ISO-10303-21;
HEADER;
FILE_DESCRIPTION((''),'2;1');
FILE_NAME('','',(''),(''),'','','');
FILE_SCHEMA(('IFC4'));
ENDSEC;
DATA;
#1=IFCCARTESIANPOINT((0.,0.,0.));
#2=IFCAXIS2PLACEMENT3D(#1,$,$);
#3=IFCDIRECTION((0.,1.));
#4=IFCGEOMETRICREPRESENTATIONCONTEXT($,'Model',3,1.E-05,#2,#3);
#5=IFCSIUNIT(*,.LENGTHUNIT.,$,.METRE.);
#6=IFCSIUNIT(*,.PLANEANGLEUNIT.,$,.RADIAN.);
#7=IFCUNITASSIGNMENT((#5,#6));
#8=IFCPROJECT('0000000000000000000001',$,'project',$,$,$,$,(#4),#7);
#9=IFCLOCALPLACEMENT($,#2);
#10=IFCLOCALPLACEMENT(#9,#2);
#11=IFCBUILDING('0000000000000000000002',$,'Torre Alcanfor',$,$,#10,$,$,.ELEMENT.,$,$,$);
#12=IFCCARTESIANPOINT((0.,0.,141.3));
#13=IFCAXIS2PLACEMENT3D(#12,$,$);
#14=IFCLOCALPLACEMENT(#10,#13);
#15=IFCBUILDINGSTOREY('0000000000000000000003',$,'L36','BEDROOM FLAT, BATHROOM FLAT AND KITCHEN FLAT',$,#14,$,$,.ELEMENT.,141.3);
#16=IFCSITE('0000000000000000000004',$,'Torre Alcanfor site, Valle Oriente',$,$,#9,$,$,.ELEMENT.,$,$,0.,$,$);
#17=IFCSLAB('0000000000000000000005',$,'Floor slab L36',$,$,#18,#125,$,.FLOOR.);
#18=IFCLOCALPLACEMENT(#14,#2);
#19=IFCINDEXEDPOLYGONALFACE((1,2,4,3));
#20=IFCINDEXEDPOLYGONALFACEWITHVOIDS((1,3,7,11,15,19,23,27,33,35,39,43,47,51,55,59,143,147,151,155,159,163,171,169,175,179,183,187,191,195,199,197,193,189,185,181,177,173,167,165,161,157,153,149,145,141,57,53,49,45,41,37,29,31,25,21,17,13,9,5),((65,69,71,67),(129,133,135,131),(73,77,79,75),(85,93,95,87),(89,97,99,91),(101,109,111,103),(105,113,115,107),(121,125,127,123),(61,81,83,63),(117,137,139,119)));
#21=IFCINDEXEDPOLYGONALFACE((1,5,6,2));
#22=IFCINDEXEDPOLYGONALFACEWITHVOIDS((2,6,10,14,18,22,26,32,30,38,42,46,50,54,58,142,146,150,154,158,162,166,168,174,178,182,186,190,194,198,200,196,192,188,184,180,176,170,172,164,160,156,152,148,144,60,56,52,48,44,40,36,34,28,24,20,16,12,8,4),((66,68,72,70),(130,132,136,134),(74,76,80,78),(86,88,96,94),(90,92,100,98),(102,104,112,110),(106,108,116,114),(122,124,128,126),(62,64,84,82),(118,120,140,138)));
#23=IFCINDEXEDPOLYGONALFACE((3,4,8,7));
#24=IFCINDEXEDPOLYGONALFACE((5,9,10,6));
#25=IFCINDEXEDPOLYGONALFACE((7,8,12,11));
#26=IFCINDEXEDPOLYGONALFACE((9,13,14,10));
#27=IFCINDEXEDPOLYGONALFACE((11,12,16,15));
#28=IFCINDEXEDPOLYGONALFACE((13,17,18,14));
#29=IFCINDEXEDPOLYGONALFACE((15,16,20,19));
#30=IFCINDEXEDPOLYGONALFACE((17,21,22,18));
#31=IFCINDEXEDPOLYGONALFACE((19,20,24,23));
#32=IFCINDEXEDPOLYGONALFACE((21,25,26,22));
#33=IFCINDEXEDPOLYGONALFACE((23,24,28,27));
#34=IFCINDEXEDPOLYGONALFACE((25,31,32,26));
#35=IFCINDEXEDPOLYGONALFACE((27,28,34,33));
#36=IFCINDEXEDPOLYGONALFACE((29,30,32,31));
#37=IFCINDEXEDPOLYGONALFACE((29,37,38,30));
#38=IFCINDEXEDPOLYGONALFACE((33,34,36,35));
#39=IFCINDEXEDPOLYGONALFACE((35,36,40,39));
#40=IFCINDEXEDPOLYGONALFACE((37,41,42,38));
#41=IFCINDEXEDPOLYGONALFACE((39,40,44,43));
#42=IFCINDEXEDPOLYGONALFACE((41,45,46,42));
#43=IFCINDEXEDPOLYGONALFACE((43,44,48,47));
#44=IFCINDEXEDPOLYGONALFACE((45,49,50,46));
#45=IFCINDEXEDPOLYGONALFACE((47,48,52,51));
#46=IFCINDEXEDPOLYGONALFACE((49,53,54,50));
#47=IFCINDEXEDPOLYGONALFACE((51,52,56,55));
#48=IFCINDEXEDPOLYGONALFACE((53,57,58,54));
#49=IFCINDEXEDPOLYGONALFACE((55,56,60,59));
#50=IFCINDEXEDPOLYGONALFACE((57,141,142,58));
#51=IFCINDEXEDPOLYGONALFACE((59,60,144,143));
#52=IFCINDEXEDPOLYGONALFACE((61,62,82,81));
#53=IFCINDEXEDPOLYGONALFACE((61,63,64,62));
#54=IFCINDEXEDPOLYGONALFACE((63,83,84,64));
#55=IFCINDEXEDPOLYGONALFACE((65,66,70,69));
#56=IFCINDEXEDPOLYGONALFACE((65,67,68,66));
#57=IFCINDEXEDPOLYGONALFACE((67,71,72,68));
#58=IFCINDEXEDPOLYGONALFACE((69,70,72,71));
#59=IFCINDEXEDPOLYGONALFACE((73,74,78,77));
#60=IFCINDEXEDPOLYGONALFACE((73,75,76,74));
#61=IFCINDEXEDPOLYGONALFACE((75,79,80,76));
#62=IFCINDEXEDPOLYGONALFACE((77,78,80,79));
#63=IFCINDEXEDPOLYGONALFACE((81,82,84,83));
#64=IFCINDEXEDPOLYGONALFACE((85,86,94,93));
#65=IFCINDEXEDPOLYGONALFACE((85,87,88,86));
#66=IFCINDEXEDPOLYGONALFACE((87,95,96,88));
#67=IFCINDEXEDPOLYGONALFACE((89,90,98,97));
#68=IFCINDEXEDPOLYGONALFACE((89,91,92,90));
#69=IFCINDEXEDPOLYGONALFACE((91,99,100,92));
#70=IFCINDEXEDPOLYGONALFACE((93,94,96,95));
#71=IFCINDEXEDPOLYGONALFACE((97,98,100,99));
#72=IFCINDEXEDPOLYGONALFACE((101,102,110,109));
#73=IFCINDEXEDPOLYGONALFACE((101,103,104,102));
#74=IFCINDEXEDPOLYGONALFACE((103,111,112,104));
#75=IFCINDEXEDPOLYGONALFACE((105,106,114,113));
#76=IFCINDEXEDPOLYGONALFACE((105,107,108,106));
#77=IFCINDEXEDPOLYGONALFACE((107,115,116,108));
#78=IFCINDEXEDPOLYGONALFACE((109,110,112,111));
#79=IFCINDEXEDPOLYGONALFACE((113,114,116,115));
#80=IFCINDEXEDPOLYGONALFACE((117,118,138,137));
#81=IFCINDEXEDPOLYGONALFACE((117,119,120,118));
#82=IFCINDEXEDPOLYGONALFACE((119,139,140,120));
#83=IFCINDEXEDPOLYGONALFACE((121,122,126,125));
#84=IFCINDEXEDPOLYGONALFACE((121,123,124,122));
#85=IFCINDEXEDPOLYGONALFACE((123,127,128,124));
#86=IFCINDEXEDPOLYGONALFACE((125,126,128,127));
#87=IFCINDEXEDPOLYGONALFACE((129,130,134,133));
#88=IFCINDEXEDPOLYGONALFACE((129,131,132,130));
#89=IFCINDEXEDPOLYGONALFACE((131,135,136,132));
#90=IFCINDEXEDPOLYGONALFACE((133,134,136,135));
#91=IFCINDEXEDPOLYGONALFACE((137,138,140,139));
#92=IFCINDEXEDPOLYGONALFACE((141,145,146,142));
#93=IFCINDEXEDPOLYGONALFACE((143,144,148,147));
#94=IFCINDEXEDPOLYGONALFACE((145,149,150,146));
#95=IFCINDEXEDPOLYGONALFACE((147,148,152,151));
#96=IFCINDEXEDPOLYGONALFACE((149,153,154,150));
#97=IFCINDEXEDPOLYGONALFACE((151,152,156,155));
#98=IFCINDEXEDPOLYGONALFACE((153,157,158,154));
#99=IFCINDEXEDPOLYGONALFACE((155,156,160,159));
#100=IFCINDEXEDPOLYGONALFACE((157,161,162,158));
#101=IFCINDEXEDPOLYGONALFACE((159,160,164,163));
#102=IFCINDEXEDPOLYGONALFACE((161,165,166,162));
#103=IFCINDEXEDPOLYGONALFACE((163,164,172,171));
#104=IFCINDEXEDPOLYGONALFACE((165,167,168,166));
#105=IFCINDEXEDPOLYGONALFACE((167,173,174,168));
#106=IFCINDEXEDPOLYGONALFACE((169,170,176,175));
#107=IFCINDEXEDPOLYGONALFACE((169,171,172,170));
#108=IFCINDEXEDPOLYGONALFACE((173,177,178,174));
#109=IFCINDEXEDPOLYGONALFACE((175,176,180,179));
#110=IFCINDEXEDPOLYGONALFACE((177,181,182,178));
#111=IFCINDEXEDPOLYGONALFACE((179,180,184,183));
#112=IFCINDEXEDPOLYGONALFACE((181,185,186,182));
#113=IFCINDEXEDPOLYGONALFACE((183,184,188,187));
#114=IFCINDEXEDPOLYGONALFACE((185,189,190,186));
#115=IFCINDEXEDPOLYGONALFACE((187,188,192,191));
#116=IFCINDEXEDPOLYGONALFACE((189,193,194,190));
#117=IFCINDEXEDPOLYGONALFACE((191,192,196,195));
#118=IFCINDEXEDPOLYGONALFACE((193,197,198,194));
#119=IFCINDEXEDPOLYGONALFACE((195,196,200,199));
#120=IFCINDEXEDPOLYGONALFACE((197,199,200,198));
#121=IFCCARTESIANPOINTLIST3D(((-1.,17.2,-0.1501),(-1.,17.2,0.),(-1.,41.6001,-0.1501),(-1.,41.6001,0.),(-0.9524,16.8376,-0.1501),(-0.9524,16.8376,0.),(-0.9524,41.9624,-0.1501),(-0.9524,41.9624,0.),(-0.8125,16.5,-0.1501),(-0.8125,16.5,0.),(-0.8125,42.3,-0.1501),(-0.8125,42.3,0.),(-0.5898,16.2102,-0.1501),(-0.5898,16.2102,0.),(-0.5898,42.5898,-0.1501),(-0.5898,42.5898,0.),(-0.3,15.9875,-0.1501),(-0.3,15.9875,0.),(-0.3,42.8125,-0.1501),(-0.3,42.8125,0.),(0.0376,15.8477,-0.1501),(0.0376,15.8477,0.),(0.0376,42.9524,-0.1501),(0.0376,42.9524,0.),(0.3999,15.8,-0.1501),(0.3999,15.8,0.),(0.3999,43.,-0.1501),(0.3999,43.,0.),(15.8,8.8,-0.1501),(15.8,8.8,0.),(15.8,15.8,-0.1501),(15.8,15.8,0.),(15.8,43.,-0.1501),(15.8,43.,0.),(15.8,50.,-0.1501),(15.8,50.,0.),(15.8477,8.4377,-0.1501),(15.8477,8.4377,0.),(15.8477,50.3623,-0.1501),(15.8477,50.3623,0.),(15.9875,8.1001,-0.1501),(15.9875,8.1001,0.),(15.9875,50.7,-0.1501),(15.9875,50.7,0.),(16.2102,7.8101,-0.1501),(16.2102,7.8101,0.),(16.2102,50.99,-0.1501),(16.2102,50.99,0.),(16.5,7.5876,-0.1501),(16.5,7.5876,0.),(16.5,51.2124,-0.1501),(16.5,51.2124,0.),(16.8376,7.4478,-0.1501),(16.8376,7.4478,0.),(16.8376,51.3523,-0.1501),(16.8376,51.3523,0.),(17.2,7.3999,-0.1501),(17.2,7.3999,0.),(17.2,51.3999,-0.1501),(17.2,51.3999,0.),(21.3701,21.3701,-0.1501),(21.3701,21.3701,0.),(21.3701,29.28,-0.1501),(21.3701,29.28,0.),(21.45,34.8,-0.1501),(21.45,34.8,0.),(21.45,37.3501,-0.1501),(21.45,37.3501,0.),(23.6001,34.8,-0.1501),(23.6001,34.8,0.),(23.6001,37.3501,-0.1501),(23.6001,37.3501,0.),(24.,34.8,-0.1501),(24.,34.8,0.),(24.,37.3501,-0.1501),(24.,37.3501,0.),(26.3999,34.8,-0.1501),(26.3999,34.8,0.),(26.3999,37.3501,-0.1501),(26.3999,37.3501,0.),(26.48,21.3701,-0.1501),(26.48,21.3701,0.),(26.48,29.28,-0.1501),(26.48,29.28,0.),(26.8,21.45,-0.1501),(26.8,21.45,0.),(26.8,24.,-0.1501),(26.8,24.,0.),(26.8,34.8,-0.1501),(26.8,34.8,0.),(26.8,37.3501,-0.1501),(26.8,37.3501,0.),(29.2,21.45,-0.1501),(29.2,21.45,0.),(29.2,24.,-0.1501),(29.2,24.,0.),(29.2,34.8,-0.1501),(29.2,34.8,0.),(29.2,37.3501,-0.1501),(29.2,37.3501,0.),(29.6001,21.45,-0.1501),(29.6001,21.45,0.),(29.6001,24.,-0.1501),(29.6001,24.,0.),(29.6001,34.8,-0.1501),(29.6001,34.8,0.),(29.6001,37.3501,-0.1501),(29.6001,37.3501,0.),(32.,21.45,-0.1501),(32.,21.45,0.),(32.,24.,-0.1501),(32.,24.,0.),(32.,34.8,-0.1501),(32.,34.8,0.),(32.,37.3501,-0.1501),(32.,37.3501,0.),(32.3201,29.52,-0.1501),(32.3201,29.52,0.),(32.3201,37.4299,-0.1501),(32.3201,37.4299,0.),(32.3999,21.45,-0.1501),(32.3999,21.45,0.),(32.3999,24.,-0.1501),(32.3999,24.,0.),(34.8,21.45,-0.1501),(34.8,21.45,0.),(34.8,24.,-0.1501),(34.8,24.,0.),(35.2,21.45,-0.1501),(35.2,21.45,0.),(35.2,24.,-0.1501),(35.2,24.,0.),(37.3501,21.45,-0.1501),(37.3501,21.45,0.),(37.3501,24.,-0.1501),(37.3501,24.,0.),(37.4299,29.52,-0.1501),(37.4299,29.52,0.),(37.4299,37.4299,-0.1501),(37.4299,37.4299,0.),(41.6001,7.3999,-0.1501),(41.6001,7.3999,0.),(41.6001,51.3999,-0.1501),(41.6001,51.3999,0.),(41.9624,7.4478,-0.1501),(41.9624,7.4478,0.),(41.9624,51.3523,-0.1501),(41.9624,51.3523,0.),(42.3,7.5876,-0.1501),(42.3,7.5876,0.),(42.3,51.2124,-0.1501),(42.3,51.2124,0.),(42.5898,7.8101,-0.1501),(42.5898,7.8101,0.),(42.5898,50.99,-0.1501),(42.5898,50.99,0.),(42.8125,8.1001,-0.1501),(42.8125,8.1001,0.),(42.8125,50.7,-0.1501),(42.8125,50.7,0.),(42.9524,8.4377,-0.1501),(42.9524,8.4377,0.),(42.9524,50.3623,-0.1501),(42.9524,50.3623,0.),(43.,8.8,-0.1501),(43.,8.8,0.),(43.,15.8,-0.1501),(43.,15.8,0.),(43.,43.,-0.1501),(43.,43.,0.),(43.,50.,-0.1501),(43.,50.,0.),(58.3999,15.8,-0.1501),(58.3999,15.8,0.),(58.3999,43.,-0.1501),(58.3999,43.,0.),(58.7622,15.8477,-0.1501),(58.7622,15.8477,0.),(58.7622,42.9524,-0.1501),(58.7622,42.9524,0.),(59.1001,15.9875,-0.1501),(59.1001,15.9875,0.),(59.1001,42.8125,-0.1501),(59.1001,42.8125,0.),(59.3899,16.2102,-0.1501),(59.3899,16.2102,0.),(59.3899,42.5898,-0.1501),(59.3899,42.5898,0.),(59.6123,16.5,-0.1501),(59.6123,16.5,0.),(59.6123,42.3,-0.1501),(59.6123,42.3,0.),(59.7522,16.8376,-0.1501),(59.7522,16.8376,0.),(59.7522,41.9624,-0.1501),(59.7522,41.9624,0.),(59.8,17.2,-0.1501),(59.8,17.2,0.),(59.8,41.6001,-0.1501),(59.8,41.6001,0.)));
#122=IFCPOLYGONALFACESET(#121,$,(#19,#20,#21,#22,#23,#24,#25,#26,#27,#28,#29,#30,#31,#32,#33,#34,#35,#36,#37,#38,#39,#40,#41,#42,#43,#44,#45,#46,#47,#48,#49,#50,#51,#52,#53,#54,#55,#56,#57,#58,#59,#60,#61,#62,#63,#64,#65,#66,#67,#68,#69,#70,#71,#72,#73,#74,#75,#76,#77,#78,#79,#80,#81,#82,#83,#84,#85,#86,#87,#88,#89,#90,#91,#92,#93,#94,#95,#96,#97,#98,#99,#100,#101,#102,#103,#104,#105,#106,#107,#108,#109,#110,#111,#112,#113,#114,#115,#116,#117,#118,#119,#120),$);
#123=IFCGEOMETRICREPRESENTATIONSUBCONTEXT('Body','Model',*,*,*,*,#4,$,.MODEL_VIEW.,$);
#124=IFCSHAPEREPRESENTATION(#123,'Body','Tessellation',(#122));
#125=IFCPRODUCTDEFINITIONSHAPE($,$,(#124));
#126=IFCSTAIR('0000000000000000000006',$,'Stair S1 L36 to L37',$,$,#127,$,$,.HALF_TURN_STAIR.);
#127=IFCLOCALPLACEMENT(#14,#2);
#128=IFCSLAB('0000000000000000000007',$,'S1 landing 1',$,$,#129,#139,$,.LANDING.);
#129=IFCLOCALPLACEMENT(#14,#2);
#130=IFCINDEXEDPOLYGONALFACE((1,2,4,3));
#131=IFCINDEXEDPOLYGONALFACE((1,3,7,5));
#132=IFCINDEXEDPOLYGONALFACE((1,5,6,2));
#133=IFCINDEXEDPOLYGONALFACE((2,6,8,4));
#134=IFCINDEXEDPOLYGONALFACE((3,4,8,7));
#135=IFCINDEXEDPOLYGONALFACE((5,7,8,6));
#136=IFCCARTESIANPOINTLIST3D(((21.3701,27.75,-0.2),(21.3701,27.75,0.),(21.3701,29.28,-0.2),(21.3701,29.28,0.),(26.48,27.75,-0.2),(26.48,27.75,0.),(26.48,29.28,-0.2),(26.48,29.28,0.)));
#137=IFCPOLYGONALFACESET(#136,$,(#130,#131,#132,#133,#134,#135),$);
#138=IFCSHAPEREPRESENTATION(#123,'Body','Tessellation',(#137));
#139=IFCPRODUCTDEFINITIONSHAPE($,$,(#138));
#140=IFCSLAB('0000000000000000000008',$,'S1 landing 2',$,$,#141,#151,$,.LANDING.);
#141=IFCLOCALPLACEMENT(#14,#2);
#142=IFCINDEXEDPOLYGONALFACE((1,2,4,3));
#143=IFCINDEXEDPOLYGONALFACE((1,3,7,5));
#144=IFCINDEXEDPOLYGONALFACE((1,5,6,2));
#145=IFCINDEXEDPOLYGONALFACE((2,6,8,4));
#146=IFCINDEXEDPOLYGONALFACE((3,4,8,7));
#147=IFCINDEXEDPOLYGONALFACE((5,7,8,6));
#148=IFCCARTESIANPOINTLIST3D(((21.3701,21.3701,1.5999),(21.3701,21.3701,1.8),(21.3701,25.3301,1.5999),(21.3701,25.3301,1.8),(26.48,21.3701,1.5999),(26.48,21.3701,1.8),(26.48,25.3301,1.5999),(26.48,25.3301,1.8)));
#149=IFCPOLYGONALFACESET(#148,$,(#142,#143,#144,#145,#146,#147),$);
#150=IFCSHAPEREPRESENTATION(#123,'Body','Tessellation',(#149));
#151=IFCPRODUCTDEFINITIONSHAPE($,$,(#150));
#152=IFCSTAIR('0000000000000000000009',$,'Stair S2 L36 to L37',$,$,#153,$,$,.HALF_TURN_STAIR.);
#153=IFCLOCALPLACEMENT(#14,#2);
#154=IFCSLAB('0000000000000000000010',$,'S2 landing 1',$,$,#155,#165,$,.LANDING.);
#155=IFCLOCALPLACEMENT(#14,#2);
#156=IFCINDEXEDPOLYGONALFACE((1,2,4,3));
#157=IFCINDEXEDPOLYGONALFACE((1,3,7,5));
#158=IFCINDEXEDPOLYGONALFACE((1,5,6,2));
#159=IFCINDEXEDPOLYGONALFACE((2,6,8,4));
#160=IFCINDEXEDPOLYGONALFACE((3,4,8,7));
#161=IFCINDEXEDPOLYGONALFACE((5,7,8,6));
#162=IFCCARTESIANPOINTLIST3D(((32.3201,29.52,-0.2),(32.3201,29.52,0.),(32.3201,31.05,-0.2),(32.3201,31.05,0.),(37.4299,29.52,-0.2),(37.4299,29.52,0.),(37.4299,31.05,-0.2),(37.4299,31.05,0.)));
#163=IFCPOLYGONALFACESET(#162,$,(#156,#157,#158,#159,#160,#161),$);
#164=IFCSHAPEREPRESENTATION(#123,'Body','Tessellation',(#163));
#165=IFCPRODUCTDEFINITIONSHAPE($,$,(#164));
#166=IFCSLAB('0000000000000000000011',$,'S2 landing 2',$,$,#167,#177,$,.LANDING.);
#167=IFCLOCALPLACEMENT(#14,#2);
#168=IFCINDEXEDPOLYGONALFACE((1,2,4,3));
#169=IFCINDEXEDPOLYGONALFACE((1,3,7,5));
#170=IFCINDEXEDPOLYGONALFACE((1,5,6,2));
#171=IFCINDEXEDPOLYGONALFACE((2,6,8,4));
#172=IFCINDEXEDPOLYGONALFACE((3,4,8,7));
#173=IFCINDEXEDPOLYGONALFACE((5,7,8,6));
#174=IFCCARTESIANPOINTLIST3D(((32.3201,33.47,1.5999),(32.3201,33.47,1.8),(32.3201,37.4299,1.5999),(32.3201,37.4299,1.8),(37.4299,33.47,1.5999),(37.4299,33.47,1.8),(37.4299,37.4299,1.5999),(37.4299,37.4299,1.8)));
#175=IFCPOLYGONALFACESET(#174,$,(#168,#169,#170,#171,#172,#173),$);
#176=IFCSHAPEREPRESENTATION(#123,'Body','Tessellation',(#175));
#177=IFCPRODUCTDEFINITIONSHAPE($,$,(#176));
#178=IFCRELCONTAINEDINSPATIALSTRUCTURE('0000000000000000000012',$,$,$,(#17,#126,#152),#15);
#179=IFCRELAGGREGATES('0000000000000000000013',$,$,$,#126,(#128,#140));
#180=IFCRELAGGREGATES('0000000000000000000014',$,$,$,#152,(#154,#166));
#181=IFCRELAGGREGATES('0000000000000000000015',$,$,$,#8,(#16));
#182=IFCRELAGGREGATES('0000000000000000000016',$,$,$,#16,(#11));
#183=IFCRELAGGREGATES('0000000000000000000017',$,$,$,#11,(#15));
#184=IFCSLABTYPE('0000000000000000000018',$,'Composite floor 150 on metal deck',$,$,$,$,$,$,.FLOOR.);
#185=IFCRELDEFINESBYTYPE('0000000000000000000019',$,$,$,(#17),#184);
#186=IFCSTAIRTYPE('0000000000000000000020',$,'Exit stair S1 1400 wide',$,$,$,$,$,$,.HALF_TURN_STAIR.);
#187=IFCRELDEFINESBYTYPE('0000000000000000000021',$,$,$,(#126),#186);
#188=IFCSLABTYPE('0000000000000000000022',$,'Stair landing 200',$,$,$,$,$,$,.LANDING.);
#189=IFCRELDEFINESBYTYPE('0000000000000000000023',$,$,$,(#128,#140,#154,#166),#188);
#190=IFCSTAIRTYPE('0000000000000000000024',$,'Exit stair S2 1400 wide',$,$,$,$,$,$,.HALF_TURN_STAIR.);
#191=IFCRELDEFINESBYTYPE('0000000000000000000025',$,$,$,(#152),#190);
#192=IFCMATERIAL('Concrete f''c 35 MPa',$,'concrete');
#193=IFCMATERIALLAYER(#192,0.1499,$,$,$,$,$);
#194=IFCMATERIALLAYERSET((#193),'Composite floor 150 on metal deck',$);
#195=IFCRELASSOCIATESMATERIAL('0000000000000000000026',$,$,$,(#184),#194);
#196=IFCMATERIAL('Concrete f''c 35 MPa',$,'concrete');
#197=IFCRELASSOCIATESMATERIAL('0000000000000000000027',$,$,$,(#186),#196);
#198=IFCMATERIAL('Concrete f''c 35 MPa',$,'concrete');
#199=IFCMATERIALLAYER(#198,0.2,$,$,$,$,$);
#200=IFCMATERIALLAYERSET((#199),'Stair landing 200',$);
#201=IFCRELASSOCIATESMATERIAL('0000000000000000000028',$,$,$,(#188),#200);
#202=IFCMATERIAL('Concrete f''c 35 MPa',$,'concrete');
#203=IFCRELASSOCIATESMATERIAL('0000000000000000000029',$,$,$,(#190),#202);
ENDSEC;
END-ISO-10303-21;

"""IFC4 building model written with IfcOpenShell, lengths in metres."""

from ifc_helpers import new_model, si_unit, direction, frame, origin, place, context, subcontext, project, spatial, polyline, outline, extrude, material, layer, layer_set, type_object, element, aggregate, save


model = new_model("IFC4")

# Units and contexts
model_context = context("Model", 3, precision=1e-05, world=origin(), true_north=direction((0.0, 1.0)))
body_context = subcontext(model_context, "Body", "Model", "MODEL_VIEW")
ifc_project = project(units=[si_unit("LENGTHUNIT", "METRE"), si_unit("PLANEANGLEUNIT", "RADIAN")], contexts=[model_context])

# Site, building, storey
site_placement = place(None, origin())
site = spatial("IfcSite", under=ifc_project, at=site_placement, Name="Torre Alcanfor site, Valle Oriente", CompositionType="ELEMENT", RefElevation=0.0)
building_placement = place(site_placement, origin())
building = spatial("IfcBuilding", under=site, at=building_placement, Name="Torre Alcanfor", CompositionType="ELEMENT")
storey_placement = place(building_placement, frame((0.0, 0.0, 141.3)))
storey = spatial("IfcBuildingStorey", under=building, at=storey_placement, Name="L36", Description="BEDROOM FLAT, BATHROOM FLAT AND KITCHEN FLAT", CompositionType="ELEMENT", Elevation=141.3)

# Slab
ifc_material_1 = material(Name="Concrete f'c 35 MPa", Category="concrete")
ifc_layer_1 = layer(ifc_material_1, 0.1499)
ifc_layer_set_1 = layer_set([ifc_layer_1], Name="Composite floor 150 on metal deck")
slab_type_1 = type_object("IfcSlabType", Name="Composite floor 150 on metal deck", PredefinedType="FLOOR", material=ifc_layer_set_1)
slab_1_placement = place(storey_placement, frame((0.0, 0.0, -0.1501)))
element("IfcSlab", 1, at=slab_1_placement, inside=storey, type_object=slab_type_1, Name="Floor slab L36", PredefinedType="FLOOR", context=body_context, shape_type="SweptSolid", body=[
    extrude(outline(polyline([(15.8, 43.0), (0.3999, 43.0), (0.0376, 42.9524), (-0.3, 42.8125), (-0.5898, 42.5898), (-0.8125, 42.3), (-0.9524, 41.9624), (-1.0, 41.6001), (-1.0, 17.2), (-0.9524, 16.8376), (-0.8125, 16.5), (-0.5898, 16.2102), (-0.3, 15.9875), (0.0376, 15.8477), (0.3999, 15.8), (15.8, 15.8), (15.8, 8.8), (15.8477, 8.4377), (15.9875, 8.1001), (16.2102, 7.8101), (16.5, 7.5876), (16.8376, 7.4478), (17.2, 7.3999), (41.6001, 7.3999), (41.9624, 7.4478), (42.3, 7.5876), (42.5898, 7.8101), (42.8125, 8.1001), (42.9524, 8.4377), (43.0, 8.8), (43.0, 15.8), (58.3999, 15.8), (58.7622, 15.8477), (59.1001, 15.9875), (59.3899, 16.2102), (59.6123, 16.5), (59.7522, 16.8376), (59.8, 17.2), (59.8, 41.6001), (59.7522, 41.9624), (59.6123, 42.3), (59.3899, 42.5898), (59.1001, 42.8125), (58.7622, 42.9524), (58.3999, 43.0), (43.0, 43.0), (43.0, 50.0), (42.9524, 50.3623), (42.8125, 50.7), (42.5898, 50.99), (42.3, 51.2124), (41.9624, 51.3523), (41.6001, 51.3999), (17.2, 51.3999), (16.8376, 51.3523), (16.5, 51.2124), (16.2102, 50.99), (15.9875, 50.7), (15.8477, 50.3623), (15.8, 50.0), (15.8, 43.0)]), holes=[polyline([(21.3701, 21.3701), (26.48, 21.3701), (26.48, 29.28), (21.3701, 29.28), (21.3701, 21.3701)]), polyline([(32.3201, 29.52), (37.4299, 29.52), (37.4299, 37.4299), (32.3201, 37.4299), (32.3201, 29.52)]), polyline([(26.8, 21.45), (29.2, 21.45), (29.2, 24.0), (26.8, 24.0), (26.8, 21.45)]), polyline([(29.6001, 21.45), (32.0, 21.45), (32.0, 24.0), (29.6001, 24.0), (29.6001, 21.45)]), polyline([(32.3999, 21.45), (34.8, 21.45), (34.8, 24.0), (32.3999, 24.0), (32.3999, 21.45)]), polyline([(35.2, 21.45), (37.3501, 21.45), (37.3501, 24.0), (35.2, 24.0), (35.2, 21.45)]), polyline([(21.45, 34.8), (23.6001, 34.8), (23.6001, 37.3501), (21.45, 37.3501), (21.45, 34.8)]), polyline([(24.0, 34.8), (26.3999, 34.8), (26.3999, 37.3501), (24.0, 37.3501), (24.0, 34.8)]), polyline([(26.8, 34.8), (29.2, 34.8), (29.2, 37.3501), (26.8, 37.3501), (26.8, 34.8)]), polyline([(29.6001, 34.8), (32.0, 34.8), (32.0, 37.3501), (29.6001, 37.3501), (29.6001, 34.8)])]), origin(), (0.0, 0.0, 1.0), 0.1501),
])

# Stairs, slabs
ifc_material_2 = material(Name="Concrete f'c 35 MPa", Category="concrete")
stair_type_1 = type_object("IfcStairType", Name="Exit stair S1 1400 wide", PredefinedType="HALF_TURN_STAIR", material=ifc_material_2)
stair_1_placement = place(storey_placement, origin())
stair_1 = element("IfcStair", 2, at=stair_1_placement, inside=storey, type_object=stair_type_1, Name="Stair S1 L36 to L37", PredefinedType="HALF_TURN_STAIR")
ifc_material_3 = material(Name="Concrete f'c 35 MPa", Category="concrete")
ifc_layer_2 = layer(ifc_material_3, 0.2)
ifc_layer_set_2 = layer_set([ifc_layer_2], Name="Stair landing 200")
slab_type_2 = type_object("IfcSlabType", Name="Stair landing 200", PredefinedType="LANDING", material=ifc_layer_set_2)
slab_2_placement = place(storey_placement, frame((0.0, 0.0, -0.2)))
slab_2 = element("IfcSlab", 3, at=slab_2_placement, type_object=slab_type_2, Name="S1 landing 1", PredefinedType="LANDING", context=body_context, shape_type="SweptSolid", body=[
    extrude(outline(polyline([(21.3701, 27.75), (26.48, 27.75), (26.48, 29.28), (21.3701, 29.28), (21.3701, 27.75)])), origin(), (0.0, 0.0, 1.0), 0.2),
])
slab_3_placement = place(storey_placement, frame((0.0, 0.0, 1.5999)))
slab_3 = element("IfcSlab", 4, at=slab_3_placement, type_object=slab_type_2, Name="S1 landing 2", PredefinedType="LANDING", context=body_context, shape_type="SweptSolid", body=[
    extrude(outline(polyline([(21.3701, 21.3701), (26.48, 21.3701), (26.48, 25.3301), (21.3701, 25.3301), (21.3701, 21.3701)])), origin(), (0.0, 0.0, 1.0), 0.2002),
])
aggregate(stair_1, [slab_2, slab_3])
ifc_material_4 = material(Name="Concrete f'c 35 MPa", Category="concrete")
stair_type_2 = type_object("IfcStairType", Name="Exit stair S2 1400 wide", PredefinedType="HALF_TURN_STAIR", material=ifc_material_4)
stair_2_placement = place(storey_placement, origin())
stair_2 = element("IfcStair", 5, at=stair_2_placement, inside=storey, type_object=stair_type_2, Name="Stair S2 L36 to L37", PredefinedType="HALF_TURN_STAIR")
slab_4_placement = place(storey_placement, frame((0.0, 0.0, -0.2)))
slab_4 = element("IfcSlab", 6, at=slab_4_placement, type_object=slab_type_2, Name="S2 landing 1", PredefinedType="LANDING", context=body_context, shape_type="SweptSolid", body=[
    extrude(outline(polyline([(32.3201, 29.52), (37.4299, 29.52), (37.4299, 31.05), (32.3201, 31.05), (32.3201, 29.52)])), origin(), (0.0, 0.0, 1.0), 0.2),
])
slab_5_placement = place(storey_placement, frame((0.0, 0.0, 1.5999)))
slab_5 = element("IfcSlab", 7, at=slab_5_placement, type_object=slab_type_2, Name="S2 landing 2", PredefinedType="LANDING", context=body_context, shape_type="SweptSolid", body=[
    extrude(outline(polyline([(32.3201, 33.47), (37.4299, 33.47), (37.4299, 37.4299), (32.3201, 37.4299), (32.3201, 33.47)])), origin(), (0.0, 0.0, 1.0), 0.2002),
])
aggregate(stair_2, [slab_4, slab_5])

save(model, "model.ifc")
